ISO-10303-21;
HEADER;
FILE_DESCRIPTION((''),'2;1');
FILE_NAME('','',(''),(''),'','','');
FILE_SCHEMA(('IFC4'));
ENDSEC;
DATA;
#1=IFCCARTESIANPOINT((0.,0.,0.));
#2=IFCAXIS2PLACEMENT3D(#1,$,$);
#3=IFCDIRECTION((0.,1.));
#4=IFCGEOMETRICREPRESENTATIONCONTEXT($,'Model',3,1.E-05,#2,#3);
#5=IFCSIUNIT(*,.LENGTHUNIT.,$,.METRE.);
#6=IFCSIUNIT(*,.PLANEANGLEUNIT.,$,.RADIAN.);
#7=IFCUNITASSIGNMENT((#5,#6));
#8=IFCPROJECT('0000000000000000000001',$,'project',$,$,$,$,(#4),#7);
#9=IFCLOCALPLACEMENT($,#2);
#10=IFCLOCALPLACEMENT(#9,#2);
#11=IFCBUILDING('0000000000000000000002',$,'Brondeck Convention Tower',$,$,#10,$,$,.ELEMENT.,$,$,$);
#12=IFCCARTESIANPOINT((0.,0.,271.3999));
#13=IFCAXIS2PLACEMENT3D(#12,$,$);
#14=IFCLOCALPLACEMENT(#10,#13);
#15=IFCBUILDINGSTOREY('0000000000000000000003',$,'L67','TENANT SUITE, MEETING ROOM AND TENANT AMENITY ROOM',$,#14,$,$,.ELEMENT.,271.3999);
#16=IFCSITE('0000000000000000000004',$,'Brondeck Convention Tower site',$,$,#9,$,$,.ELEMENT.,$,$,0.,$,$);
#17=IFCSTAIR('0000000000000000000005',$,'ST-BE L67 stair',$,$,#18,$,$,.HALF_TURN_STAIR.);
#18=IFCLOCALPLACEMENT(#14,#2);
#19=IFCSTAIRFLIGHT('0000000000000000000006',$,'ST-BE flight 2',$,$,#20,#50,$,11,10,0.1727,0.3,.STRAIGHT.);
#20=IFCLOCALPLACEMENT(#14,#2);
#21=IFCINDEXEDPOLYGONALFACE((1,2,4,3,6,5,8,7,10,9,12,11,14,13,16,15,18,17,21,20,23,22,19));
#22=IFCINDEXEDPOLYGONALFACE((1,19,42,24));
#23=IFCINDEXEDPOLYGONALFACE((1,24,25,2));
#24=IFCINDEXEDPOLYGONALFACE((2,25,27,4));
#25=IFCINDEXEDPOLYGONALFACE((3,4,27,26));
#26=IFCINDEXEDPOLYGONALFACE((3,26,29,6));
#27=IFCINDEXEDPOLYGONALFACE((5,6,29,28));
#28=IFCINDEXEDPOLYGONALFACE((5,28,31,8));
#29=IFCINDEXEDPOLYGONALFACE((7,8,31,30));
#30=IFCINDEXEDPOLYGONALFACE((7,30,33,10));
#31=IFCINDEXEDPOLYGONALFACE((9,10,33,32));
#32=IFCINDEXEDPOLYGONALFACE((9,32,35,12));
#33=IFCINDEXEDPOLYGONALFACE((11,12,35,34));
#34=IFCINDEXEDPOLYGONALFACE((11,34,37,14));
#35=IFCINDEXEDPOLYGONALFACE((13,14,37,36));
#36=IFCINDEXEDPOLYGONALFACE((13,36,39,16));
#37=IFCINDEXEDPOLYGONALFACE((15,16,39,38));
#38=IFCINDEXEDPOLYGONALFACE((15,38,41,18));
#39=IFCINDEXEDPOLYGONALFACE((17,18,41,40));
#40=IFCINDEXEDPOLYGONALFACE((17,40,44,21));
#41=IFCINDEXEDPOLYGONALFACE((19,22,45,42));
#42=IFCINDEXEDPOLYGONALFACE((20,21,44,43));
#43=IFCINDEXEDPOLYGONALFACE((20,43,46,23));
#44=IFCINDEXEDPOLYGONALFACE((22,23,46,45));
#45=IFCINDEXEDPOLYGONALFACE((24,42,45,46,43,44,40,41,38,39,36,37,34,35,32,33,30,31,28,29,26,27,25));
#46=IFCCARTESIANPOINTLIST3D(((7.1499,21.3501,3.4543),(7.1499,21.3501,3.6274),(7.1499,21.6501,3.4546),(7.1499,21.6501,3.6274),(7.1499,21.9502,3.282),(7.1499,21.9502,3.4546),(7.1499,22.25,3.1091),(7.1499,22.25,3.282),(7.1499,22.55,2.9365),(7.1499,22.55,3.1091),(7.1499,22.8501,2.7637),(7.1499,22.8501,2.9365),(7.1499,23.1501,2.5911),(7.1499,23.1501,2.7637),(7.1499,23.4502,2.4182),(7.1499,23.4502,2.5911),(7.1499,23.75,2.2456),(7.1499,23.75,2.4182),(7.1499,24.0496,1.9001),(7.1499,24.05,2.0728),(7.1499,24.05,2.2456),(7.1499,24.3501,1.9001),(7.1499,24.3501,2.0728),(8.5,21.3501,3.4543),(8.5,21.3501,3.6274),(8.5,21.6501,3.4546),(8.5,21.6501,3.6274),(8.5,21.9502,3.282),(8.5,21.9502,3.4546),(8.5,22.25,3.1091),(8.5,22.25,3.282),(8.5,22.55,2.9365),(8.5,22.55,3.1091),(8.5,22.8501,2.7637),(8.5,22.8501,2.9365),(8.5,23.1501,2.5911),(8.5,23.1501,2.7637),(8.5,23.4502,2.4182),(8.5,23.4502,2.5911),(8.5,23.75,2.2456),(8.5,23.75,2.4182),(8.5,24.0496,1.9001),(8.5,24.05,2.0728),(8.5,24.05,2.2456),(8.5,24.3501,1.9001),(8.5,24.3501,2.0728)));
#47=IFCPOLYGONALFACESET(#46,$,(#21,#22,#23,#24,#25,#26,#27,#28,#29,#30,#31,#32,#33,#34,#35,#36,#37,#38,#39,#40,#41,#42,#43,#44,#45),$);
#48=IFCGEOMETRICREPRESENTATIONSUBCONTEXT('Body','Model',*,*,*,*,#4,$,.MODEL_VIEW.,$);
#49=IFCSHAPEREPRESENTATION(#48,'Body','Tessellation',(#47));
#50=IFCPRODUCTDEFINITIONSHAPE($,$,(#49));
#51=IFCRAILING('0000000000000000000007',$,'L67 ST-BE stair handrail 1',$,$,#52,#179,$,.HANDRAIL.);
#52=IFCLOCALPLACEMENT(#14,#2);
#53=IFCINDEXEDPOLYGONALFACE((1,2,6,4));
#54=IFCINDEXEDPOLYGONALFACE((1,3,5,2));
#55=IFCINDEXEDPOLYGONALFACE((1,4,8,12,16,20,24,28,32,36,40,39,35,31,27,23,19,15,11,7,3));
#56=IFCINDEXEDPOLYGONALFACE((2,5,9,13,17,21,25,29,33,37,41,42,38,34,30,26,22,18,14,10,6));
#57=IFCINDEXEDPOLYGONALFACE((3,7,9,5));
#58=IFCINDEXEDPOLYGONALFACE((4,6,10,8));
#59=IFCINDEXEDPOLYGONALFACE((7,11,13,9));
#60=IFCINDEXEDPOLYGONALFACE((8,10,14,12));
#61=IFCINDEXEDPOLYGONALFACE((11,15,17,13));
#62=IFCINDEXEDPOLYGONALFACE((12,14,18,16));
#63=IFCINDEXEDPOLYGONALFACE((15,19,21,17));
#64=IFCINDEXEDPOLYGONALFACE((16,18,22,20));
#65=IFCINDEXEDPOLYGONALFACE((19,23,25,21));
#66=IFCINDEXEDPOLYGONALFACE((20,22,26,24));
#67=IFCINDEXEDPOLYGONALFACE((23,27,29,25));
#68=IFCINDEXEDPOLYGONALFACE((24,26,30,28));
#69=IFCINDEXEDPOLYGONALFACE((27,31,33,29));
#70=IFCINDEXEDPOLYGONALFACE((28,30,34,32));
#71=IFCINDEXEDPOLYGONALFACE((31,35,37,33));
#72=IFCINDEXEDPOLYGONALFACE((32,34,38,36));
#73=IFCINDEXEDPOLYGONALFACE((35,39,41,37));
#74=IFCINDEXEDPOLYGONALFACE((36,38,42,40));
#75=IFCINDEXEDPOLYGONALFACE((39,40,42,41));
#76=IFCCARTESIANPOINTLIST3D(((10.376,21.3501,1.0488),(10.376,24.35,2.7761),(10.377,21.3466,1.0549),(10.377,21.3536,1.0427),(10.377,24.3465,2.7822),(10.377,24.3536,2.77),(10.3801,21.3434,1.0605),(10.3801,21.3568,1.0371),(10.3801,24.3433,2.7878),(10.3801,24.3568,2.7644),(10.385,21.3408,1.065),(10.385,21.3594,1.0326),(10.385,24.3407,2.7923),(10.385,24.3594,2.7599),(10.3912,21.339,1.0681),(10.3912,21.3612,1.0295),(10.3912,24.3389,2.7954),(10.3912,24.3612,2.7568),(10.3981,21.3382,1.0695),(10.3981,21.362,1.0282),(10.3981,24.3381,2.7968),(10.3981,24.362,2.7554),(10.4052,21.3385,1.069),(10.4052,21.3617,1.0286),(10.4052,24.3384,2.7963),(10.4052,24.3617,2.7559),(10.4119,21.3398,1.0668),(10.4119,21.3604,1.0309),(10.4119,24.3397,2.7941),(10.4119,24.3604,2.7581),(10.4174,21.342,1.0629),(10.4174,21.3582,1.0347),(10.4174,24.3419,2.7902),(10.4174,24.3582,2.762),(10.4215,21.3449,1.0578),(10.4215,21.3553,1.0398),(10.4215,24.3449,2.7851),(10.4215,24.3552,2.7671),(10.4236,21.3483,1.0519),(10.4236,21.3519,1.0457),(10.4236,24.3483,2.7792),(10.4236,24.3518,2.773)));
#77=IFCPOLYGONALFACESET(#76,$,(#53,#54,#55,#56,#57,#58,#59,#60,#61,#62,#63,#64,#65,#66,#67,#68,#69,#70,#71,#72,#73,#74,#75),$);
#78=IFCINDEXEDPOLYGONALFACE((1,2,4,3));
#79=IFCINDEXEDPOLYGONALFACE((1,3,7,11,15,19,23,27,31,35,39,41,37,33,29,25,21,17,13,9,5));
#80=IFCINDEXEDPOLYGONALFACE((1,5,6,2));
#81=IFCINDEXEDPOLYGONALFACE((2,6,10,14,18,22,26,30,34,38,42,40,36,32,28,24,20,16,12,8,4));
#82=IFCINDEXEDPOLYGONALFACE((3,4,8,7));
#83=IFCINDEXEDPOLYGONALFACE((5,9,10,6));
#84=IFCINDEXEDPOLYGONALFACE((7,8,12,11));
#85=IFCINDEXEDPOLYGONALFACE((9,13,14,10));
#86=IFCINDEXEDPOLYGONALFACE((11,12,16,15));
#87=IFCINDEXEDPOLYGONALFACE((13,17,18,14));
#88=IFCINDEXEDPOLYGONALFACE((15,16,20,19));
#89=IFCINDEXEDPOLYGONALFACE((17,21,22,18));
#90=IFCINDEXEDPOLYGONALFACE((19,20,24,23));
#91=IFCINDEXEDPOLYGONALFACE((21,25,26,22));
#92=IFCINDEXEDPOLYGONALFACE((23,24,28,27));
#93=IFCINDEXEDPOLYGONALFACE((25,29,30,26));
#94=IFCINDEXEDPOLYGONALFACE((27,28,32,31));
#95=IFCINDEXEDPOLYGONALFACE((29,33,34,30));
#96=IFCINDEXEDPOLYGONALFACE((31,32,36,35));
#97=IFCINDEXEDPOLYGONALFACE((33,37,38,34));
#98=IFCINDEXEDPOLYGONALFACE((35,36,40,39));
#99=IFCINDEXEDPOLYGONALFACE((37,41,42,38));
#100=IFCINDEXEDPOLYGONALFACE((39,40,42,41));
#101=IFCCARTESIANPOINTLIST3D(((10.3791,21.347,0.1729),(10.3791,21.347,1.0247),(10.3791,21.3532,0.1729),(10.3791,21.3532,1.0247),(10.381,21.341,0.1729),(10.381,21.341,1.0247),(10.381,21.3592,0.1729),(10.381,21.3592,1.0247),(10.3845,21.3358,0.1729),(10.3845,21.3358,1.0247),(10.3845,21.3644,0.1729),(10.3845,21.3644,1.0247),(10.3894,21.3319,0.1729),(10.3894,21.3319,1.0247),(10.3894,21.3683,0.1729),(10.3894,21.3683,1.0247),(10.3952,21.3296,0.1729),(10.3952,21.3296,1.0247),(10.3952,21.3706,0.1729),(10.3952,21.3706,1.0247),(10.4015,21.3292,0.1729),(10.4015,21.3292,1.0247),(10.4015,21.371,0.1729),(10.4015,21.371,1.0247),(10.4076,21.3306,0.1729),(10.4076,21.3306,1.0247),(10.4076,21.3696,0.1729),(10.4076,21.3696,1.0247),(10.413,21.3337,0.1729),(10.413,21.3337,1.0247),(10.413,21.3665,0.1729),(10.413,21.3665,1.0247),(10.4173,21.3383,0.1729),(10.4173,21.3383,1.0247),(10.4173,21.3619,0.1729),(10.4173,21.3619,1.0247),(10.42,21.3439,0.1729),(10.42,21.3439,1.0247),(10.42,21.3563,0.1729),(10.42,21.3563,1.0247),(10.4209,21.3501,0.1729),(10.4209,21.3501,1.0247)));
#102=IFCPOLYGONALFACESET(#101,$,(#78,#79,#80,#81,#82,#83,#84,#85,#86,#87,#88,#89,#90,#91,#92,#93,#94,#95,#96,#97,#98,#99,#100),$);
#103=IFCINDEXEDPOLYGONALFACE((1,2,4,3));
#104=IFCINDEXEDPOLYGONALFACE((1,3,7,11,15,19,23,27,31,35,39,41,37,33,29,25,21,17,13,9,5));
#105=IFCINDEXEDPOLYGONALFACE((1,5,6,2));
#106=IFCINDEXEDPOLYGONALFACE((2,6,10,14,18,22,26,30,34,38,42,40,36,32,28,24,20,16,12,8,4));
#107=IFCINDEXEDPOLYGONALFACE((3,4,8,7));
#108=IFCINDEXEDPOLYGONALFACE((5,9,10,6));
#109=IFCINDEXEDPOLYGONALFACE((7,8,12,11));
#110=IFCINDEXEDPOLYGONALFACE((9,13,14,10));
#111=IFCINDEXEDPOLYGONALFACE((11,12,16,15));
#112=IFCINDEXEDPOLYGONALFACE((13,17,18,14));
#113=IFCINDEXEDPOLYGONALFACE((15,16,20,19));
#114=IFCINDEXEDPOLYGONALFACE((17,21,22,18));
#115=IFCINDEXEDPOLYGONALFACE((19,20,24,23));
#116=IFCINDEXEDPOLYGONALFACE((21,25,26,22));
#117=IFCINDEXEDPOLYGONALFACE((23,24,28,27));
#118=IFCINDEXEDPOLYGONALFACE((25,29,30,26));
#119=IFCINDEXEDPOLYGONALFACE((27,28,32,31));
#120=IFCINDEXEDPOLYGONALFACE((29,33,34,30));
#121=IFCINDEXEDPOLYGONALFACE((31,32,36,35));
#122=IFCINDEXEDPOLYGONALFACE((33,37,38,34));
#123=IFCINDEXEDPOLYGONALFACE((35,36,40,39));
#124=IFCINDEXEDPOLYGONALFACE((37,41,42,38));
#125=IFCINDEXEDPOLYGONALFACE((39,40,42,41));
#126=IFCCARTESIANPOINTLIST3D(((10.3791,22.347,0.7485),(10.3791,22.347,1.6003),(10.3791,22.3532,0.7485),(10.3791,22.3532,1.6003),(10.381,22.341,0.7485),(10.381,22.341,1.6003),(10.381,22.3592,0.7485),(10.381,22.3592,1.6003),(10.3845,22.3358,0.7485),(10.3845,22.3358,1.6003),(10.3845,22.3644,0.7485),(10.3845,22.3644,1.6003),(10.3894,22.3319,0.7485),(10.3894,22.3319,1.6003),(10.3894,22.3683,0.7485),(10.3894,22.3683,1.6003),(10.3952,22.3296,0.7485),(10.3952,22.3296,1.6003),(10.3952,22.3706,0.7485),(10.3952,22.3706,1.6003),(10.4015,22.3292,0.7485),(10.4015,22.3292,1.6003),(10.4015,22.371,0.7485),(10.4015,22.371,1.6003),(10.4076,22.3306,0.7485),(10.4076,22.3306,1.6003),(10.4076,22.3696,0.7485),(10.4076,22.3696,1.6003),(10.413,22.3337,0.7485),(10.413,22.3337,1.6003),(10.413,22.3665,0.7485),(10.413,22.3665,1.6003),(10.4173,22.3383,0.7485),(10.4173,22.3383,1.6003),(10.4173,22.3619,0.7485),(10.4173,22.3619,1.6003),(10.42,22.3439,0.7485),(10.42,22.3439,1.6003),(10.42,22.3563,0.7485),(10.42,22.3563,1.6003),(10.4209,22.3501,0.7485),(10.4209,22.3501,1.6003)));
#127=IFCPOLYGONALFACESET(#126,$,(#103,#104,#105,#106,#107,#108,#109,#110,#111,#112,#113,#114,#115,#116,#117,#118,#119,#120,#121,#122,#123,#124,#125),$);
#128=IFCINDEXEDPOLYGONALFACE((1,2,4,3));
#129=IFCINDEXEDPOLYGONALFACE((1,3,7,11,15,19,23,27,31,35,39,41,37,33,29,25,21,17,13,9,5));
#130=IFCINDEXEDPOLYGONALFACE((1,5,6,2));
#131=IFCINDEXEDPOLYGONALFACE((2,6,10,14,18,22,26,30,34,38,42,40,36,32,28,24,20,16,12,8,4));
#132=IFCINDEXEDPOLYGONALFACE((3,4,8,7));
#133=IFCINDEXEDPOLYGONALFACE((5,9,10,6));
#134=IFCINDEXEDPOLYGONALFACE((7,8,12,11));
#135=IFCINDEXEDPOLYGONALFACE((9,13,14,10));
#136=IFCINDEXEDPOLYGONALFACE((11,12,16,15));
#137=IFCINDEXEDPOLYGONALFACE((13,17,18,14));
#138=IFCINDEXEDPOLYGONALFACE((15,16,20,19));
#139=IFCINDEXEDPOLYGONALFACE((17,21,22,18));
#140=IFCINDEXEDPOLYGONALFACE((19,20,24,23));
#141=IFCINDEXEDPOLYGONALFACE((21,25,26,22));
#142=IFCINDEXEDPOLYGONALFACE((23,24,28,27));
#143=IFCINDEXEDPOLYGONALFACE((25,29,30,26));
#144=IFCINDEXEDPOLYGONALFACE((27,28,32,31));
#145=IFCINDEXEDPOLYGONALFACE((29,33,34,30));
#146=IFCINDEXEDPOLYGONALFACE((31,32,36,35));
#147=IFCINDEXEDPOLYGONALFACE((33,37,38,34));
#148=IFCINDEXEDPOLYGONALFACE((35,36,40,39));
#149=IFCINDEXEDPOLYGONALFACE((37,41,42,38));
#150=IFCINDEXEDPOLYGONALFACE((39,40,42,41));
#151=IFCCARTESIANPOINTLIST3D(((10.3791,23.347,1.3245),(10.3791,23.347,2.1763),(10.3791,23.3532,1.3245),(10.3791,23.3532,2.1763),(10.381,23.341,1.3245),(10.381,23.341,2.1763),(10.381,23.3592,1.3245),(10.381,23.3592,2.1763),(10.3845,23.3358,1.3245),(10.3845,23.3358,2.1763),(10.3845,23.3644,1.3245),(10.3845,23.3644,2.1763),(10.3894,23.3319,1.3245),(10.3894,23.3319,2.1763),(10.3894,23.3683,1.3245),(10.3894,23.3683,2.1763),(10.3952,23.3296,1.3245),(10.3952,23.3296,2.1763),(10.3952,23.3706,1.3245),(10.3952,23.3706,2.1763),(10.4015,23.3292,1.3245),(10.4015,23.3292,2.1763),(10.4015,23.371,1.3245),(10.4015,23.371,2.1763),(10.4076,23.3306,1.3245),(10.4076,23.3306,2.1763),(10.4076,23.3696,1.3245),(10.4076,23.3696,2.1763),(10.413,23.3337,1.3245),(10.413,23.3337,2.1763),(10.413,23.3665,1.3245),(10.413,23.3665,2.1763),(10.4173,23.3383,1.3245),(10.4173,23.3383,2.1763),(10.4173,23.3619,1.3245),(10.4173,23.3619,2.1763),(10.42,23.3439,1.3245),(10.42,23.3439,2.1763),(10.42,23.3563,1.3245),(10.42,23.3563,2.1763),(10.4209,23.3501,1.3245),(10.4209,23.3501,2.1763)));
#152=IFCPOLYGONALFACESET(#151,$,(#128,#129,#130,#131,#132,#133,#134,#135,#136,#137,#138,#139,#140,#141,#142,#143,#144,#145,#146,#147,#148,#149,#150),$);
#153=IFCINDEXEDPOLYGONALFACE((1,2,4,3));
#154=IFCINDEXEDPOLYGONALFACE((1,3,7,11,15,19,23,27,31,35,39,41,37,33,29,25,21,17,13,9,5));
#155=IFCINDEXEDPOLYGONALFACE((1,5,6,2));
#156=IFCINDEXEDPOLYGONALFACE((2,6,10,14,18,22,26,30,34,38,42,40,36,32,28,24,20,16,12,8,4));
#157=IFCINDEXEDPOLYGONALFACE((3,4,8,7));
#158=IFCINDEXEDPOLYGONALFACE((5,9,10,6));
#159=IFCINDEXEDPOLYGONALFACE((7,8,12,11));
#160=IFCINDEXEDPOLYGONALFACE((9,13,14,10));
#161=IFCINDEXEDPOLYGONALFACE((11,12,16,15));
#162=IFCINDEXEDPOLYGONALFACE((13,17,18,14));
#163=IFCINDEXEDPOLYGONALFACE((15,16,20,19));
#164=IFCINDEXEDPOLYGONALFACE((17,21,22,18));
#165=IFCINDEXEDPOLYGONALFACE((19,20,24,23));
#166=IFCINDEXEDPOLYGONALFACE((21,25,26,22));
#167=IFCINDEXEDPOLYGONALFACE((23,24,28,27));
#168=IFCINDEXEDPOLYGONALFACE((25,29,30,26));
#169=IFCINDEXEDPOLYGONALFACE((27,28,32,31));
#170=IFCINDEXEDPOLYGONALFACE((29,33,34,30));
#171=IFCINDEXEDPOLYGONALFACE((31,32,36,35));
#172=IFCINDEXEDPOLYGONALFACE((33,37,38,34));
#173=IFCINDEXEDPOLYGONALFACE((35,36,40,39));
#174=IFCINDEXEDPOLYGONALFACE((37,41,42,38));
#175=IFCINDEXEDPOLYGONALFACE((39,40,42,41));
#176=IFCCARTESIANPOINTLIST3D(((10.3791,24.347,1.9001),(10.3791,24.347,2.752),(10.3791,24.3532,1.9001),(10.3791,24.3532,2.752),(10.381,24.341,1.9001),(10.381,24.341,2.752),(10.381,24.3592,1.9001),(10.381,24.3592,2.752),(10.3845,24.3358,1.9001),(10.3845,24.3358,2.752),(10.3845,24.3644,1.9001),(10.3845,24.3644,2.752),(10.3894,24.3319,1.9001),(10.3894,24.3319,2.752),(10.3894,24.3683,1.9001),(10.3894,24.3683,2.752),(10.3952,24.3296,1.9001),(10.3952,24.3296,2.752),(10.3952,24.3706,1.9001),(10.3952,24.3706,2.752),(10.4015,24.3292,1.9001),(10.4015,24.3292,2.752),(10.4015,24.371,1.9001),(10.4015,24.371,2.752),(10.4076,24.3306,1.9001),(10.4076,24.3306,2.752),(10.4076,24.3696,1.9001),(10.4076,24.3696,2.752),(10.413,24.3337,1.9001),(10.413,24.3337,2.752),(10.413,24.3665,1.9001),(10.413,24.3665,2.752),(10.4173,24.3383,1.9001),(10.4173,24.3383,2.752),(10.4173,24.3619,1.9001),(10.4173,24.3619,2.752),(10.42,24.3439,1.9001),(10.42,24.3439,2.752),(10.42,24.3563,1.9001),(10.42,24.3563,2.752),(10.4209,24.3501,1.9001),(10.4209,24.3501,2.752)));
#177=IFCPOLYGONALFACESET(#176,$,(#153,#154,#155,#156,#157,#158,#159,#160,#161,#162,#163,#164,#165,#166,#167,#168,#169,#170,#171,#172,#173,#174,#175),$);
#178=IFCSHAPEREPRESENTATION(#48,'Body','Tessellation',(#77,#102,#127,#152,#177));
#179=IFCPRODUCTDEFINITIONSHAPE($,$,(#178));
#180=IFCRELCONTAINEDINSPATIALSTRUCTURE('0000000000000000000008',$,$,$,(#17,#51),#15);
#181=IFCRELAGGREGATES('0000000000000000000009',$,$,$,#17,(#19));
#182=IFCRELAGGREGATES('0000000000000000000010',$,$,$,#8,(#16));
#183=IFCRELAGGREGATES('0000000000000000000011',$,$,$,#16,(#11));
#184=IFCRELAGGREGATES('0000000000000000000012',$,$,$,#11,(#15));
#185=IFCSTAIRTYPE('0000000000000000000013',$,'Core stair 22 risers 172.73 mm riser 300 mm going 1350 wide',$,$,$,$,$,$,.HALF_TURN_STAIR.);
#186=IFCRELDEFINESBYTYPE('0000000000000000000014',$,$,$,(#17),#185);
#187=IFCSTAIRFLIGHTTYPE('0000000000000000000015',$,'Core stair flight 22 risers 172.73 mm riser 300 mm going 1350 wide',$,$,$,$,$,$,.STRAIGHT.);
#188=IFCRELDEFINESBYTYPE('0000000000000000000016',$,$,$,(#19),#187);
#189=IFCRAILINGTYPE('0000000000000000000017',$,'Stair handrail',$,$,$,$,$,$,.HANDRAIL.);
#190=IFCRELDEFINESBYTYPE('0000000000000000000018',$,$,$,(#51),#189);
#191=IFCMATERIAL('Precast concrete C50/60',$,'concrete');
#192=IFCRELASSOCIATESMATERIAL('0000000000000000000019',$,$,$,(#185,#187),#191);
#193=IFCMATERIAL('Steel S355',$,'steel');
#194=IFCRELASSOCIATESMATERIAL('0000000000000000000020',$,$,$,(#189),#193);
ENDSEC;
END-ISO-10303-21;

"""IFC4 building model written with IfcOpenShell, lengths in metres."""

from ifc_helpers import new_model, si_unit, direction, frame, origin, origin_2d, place, context, subcontext, project, spatial, polyline, circle, outline, extrude, material, type_object, element, aggregate, save


model = new_model("IFC4")

# Units and contexts
model_context = context("Model", 3, precision=1e-05, world=origin(), true_north=direction((0.0, 1.0)))
body_context = subcontext(model_context, "Body", "Model", "MODEL_VIEW")
ifc_project = project(units=[si_unit("LENGTHUNIT", "METRE"), si_unit("PLANEANGLEUNIT", "RADIAN")], contexts=[model_context])

# Site, building, storey
site_placement = place(None, origin())
site = spatial("IfcSite", under=ifc_project, at=site_placement, Name="Brondeck Convention Tower site", CompositionType="ELEMENT", RefElevation=0.0)
building_placement = place(site_placement, origin())
building = spatial("IfcBuilding", under=site, at=building_placement, Name="Brondeck Convention Tower", CompositionType="ELEMENT")
storey_placement = place(building_placement, frame((0.0, 0.0, 271.3999)))
storey = spatial("IfcBuildingStorey", under=building, at=storey_placement, Name="L67", Description="TENANT SUITE, MEETING ROOM AND TENANT AMENITY ROOM", CompositionType="ELEMENT", Elevation=271.3999)

# Shared definitions
ifc_material_1 = material(Name="Steel S355", Category="steel")

# Stair, stair flight
ifc_material_2 = material(Name="Precast concrete C50/60", Category="concrete")
stair_type = type_object("IfcStairType", Name="Core stair 22 risers 172.73 mm riser 300 mm going 1350 wide", PredefinedType="HALF_TURN_STAIR", material=ifc_material_2)
stair_placement = place(storey_placement, origin())
stair = element("IfcStair", 1, at=stair_placement, inside=storey, type_object=stair_type, Name="ST-BE L67 stair", PredefinedType="HALF_TURN_STAIR")
stair_flight_type = type_object("IfcStairFlightType", Name="Core stair flight 22 risers 172.73 mm riser 300 mm going 1350 wide", PredefinedType="STRAIGHT", material=ifc_material_2)
stair_flight_1_placement = place(storey_placement, frame((7.825, 24.3501, 1.9001), z_axis=(0.0, 0.0, 1.0), x_axis=(0.0, -1.0, 0.0)))
stair_flight_1 = element("IfcStairFlight", 2, at=stair_flight_1_placement, type_object=stair_flight_type, Name="ST-BE flight 2", NumberOfRisers=11, NumberOfTreads=10, PredefinedType="STRAIGHT", RiserHeight=0.1727, TreadLength=0.3, context=body_context, shape_type="SweptSolid", body=[
    extrude(outline(polyline([(0.0, 0.0), (0.0, 0.1726), (0.3, 0.1726), (0.3, 0.3455), (0.6001, 0.3455), (0.6001, 0.5181), (0.8999, 0.5181), (0.8999, 0.6909), (1.2, 0.6909), (1.2, 0.8635), (1.5, 0.8635), (1.5, 1.0364), (1.8, 1.0364), (1.8, 1.209), (2.1001, 1.209), (2.1001, 1.3818), (2.3999, 1.3818), (2.3999, 1.5544), (2.7, 1.5544), (2.7, 1.7273), (3.0, 1.7273), (3.0, 1.8999), (3.0, 1.5542), (0.3005, 0.0), (0.0, 0.0)])), frame((0.0, 0.675, 0.0), z_axis=(0.0, -1.0, 0.0), x_axis=(1.0, 0.0, 0.0)), (0.0, 0.0, 1.0), 1.3501),
])
aggregate(stair, [stair_flight_1])

# Railing
railing_type = type_object("IfcRailingType", Name="Stair handrail", PredefinedType="HANDRAIL", material=ifc_material_1)
railing_1_placement = place(storey_placement, frame((10.3999, 21.3501, 0.1729)))
element("IfcRailing", 3, at=railing_1_placement, inside=storey, type_object=railing_type, Name="L67 ST-BE stair handrail 1", PredefinedType="HANDRAIL", context=body_context, shape_type="SweptSolid", body=[
    extrude(circle(Radius=0.0239, at=origin_2d()), frame((0.0, 0.0, 0.876), z_axis=(0.0, 0.86662, 0.498969), x_axis=(-1.0, 0.0, 0.0)), (0.0, 0.0, 1.0), 3.4617),
    extrude(circle(Radius=0.021, at=origin_2d()), origin(), (0.0, 0.0, 1.0), 0.8518),
    extrude(circle(Radius=0.021, at=origin_2d()), frame((0.0, 1.0, 0.5757)), (0.0, 0.0, 1.0), 0.8518),
    extrude(circle(Radius=0.021, at=origin_2d()), frame((0.0, 2.0, 1.1516)), (0.0, 0.0, 1.0), 0.8518),
    extrude(circle(Radius=0.021, at=origin_2d()), frame((0.0, 3.0, 1.7273)), (0.0, 0.0, 1.0), 0.8518),
])

save(model, "model.ifc")
